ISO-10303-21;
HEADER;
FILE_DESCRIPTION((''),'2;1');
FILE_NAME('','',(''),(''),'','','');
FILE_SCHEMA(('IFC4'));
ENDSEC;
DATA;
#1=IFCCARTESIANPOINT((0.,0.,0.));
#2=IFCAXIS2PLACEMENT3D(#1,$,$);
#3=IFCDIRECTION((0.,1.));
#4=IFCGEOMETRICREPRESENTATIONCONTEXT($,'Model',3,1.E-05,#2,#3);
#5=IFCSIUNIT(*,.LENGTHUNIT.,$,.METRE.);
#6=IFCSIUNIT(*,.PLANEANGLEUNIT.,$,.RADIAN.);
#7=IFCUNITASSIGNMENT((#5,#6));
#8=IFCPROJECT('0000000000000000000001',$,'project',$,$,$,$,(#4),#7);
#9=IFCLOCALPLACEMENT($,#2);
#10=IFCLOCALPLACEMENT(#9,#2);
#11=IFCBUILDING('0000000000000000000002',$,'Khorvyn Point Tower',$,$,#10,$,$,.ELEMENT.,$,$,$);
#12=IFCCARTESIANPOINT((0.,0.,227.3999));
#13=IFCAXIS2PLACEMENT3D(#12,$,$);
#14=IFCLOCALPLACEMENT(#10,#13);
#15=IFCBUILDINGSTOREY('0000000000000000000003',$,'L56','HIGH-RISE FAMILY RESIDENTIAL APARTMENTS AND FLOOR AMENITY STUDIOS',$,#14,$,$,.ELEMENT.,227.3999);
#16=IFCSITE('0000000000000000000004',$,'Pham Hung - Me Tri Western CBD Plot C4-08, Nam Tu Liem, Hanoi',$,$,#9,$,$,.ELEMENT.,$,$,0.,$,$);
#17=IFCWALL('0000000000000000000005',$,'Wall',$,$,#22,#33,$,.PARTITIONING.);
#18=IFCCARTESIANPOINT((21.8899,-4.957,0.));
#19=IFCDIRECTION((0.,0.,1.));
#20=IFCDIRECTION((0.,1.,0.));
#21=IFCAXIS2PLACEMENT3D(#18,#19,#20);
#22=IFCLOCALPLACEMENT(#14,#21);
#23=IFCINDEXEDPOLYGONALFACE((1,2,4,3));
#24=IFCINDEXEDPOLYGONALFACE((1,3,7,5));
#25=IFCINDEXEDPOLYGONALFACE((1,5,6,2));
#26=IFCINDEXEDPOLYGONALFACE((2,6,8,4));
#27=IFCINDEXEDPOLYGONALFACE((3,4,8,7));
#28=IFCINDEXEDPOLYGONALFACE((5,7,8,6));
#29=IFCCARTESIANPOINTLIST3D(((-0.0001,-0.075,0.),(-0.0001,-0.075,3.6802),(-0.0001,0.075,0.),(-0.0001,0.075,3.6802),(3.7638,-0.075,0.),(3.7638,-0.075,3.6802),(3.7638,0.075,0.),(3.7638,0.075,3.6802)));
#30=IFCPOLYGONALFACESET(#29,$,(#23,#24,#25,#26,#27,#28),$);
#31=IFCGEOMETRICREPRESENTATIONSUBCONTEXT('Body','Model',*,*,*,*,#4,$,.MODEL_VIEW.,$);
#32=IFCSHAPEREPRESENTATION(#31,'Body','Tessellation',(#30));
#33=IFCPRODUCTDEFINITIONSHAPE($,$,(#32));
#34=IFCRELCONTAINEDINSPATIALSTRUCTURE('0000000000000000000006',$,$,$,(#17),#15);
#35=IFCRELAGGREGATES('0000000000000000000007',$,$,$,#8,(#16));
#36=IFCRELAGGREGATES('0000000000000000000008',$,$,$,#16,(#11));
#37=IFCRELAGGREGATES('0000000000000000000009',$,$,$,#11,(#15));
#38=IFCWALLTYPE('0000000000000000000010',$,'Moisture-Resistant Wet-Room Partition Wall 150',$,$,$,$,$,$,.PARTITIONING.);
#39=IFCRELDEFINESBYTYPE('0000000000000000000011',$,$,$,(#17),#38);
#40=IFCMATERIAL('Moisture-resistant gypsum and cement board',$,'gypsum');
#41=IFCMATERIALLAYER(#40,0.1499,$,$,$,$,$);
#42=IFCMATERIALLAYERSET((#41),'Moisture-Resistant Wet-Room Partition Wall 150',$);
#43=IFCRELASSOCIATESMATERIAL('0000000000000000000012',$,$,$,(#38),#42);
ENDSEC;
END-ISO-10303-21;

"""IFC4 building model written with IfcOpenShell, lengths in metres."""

from ifc_helpers import new_model, si_unit, direction, frame, frame_2d, origin, place, context, subcontext, project, spatial, rectangle, extrude, material, layer, layer_set, type_object, element, save


model = new_model("IFC4")

# Units and contexts
model_context = context("Model", 3, precision=1e-05, world=origin(), true_north=direction((0.0, 1.0)))
body_context = subcontext(model_context, "Body", "Model", "MODEL_VIEW")
ifc_project = project(units=[si_unit("LENGTHUNIT", "METRE"), si_unit("PLANEANGLEUNIT", "RADIAN")], contexts=[model_context])

# Site, building, storey
site_placement = place(None, origin())
site = spatial("IfcSite", under=ifc_project, at=site_placement, Name="Pham Hung - Me Tri Western CBD Plot C4-08, Nam Tu Liem, Hanoi", CompositionType="ELEMENT", RefElevation=0.0)
building_placement = place(site_placement, origin())
building = spatial("IfcBuilding", under=site, at=building_placement, Name="Khorvyn Point Tower", CompositionType="ELEMENT")
storey_placement = place(building_placement, frame((0.0, 0.0, 227.3999)))
storey = spatial("IfcBuildingStorey", under=building, at=storey_placement, Name="L56", Description="HIGH-RISE FAMILY RESIDENTIAL APARTMENTS AND FLOOR AMENITY STUDIOS", CompositionType="ELEMENT", Elevation=227.3999)

# Shared definitions
ifc_material_1 = material(Name="Moisture-resistant gypsum and cement board", Category="gypsum")
ifc_layer_1 = layer(ifc_material_1, 0.1499)
ifc_layer_set_1 = layer_set([ifc_layer_1], Name="Moisture-Resistant Wet-Room Partition Wall 150")
wall_type_1 = type_object("IfcWallType", Name="Moisture-Resistant Wet-Room Partition Wall 150", PredefinedType="PARTITIONING", material=ifc_layer_set_1)

# Wall
wall_1_placement = place(storey_placement, frame((21.8899, -4.957, 0.0), z_axis=(0.0, 0.0, 1.0), x_axis=(0.0, 1.0, 0.0)))
element("IfcWall", 1, at=wall_1_placement, inside=storey, type_object=wall_type_1, Name="Wall", PredefinedType="PARTITIONING", context=body_context, shape_type="SweptSolid", body=[
    extrude(rectangle(XDim=3.7639, YDim=0.1499, at=frame_2d((1.8818, 0.0))), origin(), (0.0, 0.0, 1.0), 3.6802),
])

save(model, "model.ifc")
